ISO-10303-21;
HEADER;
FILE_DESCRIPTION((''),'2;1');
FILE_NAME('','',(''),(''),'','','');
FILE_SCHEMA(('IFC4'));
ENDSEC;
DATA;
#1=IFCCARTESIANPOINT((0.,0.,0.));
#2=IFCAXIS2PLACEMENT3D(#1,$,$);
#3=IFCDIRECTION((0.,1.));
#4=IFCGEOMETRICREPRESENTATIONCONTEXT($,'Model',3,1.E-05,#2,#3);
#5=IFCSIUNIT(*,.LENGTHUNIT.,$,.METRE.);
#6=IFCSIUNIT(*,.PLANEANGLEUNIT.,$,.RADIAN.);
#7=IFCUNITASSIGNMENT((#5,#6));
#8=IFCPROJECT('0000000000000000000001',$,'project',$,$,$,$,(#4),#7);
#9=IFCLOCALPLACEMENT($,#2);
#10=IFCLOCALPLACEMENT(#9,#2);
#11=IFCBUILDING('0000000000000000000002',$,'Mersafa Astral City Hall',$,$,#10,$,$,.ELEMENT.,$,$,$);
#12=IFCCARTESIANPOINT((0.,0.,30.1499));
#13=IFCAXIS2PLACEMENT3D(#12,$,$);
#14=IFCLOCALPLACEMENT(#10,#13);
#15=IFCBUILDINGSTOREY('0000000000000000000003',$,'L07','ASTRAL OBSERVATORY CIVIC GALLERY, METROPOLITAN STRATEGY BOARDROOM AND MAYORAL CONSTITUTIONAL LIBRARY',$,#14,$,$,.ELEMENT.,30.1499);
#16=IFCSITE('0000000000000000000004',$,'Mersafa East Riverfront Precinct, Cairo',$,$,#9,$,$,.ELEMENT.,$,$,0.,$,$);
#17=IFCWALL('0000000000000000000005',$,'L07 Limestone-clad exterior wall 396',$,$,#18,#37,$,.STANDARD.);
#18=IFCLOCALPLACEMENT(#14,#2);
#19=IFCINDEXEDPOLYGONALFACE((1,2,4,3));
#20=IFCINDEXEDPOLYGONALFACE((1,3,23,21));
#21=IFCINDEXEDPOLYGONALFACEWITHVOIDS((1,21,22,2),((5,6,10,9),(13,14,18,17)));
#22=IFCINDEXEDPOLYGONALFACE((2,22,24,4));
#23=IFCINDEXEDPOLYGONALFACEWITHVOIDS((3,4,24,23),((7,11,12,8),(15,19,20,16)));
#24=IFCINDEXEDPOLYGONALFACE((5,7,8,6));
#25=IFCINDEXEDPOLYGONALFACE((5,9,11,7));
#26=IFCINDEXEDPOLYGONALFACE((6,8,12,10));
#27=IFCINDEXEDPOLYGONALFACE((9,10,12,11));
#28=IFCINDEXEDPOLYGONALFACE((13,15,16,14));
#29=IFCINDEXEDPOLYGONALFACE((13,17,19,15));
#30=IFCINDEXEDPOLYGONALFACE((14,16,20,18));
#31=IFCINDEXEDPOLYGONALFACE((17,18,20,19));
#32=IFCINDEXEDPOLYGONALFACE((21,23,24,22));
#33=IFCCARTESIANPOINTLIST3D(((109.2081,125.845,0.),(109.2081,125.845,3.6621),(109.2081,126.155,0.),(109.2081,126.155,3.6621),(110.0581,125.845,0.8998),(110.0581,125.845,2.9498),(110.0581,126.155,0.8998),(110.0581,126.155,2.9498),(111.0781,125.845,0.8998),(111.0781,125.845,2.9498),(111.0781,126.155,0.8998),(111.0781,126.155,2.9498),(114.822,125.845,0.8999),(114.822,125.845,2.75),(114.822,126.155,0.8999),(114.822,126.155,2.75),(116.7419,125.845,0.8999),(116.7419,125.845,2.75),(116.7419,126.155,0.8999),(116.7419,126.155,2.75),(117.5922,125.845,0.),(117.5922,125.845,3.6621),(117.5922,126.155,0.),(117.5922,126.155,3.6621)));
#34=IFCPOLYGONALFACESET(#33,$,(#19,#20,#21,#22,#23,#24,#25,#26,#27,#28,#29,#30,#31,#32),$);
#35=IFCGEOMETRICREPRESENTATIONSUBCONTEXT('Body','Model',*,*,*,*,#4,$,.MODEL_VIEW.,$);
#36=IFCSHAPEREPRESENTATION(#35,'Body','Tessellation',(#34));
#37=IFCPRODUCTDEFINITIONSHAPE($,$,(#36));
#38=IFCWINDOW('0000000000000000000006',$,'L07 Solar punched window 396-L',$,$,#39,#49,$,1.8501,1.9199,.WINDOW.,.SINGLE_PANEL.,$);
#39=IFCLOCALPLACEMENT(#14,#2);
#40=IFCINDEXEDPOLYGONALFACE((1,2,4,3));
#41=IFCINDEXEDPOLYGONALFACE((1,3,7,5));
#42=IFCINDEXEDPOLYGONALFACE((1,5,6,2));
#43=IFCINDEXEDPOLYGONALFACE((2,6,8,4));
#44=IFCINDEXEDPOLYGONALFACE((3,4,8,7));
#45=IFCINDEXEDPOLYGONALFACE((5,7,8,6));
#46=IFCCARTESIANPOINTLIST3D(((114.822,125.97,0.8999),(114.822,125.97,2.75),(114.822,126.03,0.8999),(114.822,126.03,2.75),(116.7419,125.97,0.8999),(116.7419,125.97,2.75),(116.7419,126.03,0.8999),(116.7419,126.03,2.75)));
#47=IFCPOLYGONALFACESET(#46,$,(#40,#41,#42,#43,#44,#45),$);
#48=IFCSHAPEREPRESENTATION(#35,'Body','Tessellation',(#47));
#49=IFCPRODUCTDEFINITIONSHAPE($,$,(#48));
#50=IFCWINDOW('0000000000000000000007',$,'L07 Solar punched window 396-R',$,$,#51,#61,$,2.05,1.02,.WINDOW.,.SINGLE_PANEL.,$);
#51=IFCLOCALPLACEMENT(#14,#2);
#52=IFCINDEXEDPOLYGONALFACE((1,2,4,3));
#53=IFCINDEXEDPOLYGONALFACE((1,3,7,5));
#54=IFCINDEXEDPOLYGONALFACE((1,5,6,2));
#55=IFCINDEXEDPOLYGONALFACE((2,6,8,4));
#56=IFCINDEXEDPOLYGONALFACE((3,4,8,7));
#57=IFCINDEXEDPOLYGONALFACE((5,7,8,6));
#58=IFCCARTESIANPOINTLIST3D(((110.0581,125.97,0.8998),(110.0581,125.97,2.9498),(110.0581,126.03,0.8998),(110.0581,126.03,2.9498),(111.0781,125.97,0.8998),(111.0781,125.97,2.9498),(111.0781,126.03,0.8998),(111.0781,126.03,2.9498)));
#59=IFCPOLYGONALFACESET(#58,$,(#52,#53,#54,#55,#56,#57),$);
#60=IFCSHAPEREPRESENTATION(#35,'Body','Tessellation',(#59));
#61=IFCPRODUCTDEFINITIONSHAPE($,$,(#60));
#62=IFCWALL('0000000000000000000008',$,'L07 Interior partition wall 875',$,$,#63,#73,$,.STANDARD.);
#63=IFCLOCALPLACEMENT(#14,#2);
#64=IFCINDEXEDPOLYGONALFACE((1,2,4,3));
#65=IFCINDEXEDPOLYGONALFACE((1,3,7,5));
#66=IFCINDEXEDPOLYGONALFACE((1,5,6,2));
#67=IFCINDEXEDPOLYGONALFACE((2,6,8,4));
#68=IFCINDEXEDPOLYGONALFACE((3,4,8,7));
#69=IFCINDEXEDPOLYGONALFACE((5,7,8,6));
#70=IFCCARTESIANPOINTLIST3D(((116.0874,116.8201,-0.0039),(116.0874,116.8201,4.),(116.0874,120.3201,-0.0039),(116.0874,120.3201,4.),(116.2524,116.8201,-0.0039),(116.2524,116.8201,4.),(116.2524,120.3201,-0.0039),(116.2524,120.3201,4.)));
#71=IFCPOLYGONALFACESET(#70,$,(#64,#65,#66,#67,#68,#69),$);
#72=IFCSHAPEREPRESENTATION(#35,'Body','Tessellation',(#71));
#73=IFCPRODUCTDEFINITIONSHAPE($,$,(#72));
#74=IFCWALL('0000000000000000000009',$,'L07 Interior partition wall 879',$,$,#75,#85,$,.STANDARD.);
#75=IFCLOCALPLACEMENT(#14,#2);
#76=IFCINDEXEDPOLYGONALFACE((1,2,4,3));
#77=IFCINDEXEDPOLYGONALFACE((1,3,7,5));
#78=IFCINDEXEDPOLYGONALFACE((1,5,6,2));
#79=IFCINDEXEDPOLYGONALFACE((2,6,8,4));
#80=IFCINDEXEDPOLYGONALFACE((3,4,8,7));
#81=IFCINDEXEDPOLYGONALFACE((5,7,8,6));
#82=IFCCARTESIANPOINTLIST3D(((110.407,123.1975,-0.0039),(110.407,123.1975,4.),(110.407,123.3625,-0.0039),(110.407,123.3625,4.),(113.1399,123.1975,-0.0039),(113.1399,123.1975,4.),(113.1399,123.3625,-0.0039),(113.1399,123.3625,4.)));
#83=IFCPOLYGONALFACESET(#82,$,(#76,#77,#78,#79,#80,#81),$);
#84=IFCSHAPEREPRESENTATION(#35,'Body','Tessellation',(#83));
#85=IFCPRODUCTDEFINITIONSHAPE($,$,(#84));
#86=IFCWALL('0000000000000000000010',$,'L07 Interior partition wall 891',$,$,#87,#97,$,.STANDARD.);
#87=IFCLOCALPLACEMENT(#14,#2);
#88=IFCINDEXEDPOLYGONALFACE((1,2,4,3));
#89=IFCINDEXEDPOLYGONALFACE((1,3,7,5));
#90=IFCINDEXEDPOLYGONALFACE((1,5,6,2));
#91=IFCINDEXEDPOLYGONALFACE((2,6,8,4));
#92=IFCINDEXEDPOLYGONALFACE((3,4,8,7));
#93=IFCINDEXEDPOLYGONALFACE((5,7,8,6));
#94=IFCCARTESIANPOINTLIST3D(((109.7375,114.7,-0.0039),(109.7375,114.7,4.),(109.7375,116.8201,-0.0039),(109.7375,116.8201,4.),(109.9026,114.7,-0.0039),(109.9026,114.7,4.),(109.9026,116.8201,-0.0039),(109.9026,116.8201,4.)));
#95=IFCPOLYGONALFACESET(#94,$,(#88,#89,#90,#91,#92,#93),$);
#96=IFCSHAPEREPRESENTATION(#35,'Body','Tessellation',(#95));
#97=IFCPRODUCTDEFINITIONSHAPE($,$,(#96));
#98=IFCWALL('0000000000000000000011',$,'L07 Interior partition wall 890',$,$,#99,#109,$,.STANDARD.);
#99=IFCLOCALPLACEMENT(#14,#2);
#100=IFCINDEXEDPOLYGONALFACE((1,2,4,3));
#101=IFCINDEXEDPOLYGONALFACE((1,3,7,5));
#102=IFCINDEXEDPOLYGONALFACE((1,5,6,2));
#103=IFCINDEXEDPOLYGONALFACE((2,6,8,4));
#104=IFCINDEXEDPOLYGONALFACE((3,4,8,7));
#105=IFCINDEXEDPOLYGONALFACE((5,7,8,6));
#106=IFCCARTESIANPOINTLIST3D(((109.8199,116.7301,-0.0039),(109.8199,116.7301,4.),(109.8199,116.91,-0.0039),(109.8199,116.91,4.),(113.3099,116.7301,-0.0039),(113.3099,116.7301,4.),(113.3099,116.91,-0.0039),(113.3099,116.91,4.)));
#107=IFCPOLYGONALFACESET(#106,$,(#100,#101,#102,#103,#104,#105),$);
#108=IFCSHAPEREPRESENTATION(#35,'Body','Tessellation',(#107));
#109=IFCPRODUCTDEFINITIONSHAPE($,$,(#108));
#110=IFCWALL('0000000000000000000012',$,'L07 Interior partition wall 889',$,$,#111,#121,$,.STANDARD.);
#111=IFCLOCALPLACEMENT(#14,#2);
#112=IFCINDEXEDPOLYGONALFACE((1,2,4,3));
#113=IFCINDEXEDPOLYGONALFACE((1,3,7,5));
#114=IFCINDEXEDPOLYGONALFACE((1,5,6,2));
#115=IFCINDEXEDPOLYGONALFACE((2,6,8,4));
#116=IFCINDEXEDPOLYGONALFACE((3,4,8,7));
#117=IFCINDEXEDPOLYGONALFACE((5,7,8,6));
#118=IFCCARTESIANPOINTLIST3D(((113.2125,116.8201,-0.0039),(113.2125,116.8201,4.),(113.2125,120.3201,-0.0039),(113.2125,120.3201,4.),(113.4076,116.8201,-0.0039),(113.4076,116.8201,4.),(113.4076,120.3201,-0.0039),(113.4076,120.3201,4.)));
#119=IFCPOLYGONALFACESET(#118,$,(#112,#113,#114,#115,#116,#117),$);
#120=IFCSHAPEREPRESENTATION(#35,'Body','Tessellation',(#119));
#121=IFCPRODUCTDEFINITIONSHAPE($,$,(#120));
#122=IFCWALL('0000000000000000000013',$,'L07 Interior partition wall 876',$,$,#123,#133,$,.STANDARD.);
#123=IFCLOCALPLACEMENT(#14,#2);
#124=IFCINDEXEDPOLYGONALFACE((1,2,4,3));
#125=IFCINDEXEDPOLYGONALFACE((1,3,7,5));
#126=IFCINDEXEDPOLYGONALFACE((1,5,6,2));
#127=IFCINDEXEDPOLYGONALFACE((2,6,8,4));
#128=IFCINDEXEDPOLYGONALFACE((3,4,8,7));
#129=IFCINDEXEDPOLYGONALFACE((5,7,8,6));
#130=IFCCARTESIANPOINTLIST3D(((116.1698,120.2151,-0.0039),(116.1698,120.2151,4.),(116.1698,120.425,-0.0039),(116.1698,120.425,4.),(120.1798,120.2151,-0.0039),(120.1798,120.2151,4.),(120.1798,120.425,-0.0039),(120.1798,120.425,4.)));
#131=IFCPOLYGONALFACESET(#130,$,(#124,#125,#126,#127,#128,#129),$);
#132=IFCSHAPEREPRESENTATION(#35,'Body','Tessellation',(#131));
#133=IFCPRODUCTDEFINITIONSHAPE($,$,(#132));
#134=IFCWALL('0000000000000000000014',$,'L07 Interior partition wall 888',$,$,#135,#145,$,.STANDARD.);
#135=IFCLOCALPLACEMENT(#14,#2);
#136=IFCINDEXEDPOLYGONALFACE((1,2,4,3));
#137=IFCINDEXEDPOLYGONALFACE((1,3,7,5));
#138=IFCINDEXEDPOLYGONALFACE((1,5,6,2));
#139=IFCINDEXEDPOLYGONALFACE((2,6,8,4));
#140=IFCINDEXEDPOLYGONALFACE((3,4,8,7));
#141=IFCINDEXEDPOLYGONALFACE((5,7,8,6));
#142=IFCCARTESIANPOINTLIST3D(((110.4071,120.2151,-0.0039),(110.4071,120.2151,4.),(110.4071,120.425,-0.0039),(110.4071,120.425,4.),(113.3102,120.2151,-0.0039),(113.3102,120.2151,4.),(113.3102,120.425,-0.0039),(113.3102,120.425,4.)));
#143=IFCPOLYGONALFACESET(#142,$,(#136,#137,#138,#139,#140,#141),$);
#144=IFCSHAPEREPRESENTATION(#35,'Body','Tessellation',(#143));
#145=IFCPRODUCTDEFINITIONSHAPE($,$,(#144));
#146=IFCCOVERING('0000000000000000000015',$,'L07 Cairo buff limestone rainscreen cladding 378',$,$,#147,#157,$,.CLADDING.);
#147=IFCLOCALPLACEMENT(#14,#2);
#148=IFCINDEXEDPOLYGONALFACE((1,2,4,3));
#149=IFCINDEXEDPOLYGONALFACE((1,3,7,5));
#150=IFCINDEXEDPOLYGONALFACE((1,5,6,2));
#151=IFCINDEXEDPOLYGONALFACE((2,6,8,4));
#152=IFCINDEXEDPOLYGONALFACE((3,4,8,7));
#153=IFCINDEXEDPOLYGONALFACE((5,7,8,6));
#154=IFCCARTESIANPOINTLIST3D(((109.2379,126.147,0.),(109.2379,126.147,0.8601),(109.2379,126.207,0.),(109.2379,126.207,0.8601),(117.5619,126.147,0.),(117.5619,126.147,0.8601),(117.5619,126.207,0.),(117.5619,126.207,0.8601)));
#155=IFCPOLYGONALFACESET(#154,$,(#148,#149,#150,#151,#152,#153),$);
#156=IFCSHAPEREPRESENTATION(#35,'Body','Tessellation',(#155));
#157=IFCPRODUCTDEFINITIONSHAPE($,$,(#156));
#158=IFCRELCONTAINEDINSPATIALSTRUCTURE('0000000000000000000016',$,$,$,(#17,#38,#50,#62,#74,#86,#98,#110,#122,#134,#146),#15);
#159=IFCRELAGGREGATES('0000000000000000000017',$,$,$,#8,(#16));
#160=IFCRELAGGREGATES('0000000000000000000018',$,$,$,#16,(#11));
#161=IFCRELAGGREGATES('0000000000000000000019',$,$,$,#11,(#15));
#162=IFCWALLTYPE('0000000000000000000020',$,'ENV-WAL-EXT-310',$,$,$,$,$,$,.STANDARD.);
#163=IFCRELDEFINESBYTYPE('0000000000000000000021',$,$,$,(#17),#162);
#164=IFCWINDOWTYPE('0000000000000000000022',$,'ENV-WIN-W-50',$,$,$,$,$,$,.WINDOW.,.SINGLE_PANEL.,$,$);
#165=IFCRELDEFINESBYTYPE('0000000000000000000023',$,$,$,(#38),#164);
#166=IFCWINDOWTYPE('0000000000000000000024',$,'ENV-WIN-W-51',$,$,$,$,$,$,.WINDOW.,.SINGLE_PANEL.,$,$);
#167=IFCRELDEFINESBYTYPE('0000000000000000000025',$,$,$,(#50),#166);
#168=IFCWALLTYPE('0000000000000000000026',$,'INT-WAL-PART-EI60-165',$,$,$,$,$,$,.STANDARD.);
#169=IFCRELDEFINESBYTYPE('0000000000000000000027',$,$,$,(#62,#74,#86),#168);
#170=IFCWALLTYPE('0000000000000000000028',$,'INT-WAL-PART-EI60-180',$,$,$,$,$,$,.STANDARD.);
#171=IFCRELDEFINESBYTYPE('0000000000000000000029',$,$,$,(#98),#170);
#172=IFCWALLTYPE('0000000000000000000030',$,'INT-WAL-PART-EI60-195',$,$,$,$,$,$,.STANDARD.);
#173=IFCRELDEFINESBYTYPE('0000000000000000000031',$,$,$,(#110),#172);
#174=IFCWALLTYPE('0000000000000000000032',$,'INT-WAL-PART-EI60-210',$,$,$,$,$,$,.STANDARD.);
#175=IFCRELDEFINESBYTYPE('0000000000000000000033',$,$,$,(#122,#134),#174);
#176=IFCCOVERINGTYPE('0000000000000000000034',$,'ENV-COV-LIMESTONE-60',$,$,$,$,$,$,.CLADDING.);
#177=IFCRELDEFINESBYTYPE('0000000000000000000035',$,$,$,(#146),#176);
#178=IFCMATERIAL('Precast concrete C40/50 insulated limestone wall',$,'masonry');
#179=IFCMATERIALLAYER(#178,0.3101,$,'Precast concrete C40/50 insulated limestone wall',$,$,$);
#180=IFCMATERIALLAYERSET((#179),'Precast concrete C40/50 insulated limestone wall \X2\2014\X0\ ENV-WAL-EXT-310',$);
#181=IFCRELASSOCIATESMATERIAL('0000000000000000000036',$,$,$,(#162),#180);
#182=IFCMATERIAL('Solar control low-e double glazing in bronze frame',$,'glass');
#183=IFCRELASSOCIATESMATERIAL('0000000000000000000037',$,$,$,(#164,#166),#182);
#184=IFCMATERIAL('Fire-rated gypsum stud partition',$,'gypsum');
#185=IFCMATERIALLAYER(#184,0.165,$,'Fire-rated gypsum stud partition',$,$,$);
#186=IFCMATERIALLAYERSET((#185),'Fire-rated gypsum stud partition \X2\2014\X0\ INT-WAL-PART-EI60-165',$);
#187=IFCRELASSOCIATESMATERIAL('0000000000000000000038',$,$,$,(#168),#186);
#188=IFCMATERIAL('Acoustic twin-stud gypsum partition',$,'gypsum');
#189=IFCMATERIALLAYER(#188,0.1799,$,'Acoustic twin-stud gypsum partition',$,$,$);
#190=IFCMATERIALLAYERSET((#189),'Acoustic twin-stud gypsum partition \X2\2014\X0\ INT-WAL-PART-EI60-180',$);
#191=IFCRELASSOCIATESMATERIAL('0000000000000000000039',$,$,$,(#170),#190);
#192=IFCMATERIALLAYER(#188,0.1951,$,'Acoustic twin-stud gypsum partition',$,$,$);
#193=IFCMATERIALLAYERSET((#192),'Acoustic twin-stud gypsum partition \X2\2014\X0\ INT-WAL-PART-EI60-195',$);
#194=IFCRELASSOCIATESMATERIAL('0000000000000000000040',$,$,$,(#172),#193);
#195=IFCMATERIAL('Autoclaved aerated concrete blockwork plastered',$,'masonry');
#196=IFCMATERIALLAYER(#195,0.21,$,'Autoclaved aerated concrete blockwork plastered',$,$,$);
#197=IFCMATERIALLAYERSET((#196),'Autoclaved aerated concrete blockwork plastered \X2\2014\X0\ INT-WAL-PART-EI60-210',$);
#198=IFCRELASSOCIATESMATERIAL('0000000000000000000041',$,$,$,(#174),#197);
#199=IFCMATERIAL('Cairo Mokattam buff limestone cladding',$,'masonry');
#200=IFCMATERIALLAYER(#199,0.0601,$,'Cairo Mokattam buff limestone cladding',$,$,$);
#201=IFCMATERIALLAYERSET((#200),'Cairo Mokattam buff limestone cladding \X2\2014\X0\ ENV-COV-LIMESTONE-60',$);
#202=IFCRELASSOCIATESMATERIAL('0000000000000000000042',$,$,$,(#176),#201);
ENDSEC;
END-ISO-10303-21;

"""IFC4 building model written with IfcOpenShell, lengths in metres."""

from ifc_helpers import new_model, si_unit, direction, frame, frame_2d, origin, origin_2d, place, context, subcontext, project, spatial, rectangle, extrude, material, layer, layer_set, type_object, element, fill, save


model = new_model("IFC4")

# Units and contexts
model_context = context("Model", 3, precision=1e-05, world=origin(), true_north=direction((0.0, 1.0)))
body_context = subcontext(model_context, "Body", "Model", "MODEL_VIEW")
ifc_project = project(units=[si_unit("LENGTHUNIT", "METRE"), si_unit("PLANEANGLEUNIT", "RADIAN")], contexts=[model_context])

# Site, building, storey
site_placement = place(None, origin())
site = spatial("IfcSite", under=ifc_project, at=site_placement, Name="Mersafa East Riverfront Precinct, Cairo", CompositionType="ELEMENT", RefElevation=0.0)
building_placement = place(site_placement, origin())
building = spatial("IfcBuilding", under=site, at=building_placement, Name="Mersafa Astral City Hall", CompositionType="ELEMENT")
storey_placement = place(building_placement, frame((0.0, 0.0, 30.1499)))
storey = spatial("IfcBuildingStorey", under=building, at=storey_placement, Name="L07", Description="ASTRAL OBSERVATORY CIVIC GALLERY, METROPOLITAN STRATEGY BOARDROOM AND MAYORAL CONSTITUTIONAL LIBRARY", CompositionType="ELEMENT", Elevation=30.1499)

# Wall, openings, windows
ifc_material_1 = material(Name="Precast concrete C40/50 insulated limestone wall", Category="masonry")
ifc_layer_1 = layer(ifc_material_1, 0.3101, Name="Precast concrete C40/50 insulated limestone wall")
ifc_layer_set_1 = layer_set([ifc_layer_1], Name="Precast concrete C40/50 insulated limestone wall — ENV-WAL-EXT-310")
wall_type_1 = type_object("IfcWallType", Name="ENV-WAL-EXT-310", PredefinedType="STANDARD", material=ifc_layer_set_1)
wall_1_placement = place(storey_placement, frame((117.592, 126.0, 0.0), z_axis=(0.0, 0.0, 1.0), x_axis=(-1.0, 0.0, 0.0)))
wall_1 = element("IfcWall", 1, at=wall_1_placement, inside=storey, type_object=wall_type_1, Name="L07 Limestone-clad exterior wall 396", PredefinedType="STANDARD", context=body_context, shape_type="SweptSolid", body=[
    extrude(rectangle(XDim=8.384, YDim=0.3101, at=frame_2d((4.1919, 0.0))), origin(), (0.0, 0.0, 1.0), 3.6621),
])
opening_1_placement = place(wall_1_placement, frame((0.8501, 0.0, 0.8999)))
opening_1 = element("IfcOpeningElement", 2, at=opening_1_placement, cuts=wall_1, PredefinedType="OPENING", context=body_context, shape_type="SweptSolid", body=[
    extrude(rectangle(XDim=1.9199, YDim=1.8501, at=frame_2d((0.96, 0.925))), frame((0.0, 0.165, 0.0), z_axis=(0.0, -1.0, 0.0), x_axis=(1.0, 0.0, 0.0)), (0.0, 0.0, 1.0), 0.3301),
])
opening_2_placement = place(wall_1_placement, frame((6.5139, 0.0, 0.8999)))
opening_2 = element("IfcOpeningElement", 3, at=opening_2_placement, cuts=wall_1, PredefinedType="OPENING", context=body_context, shape_type="SweptSolid", body=[
    extrude(rectangle(XDim=1.02, YDim=2.05, at=frame_2d((0.51, 1.0249))), frame((0.0, 0.165, 0.0), z_axis=(0.0, -1.0, 0.0), x_axis=(1.0, 0.0, 0.0)), (0.0, 0.0, 1.0), 0.3301),
])
ifc_material_2 = material(Name="Solar control low-e double glazing in bronze frame", Category="glass")
window_type_1 = type_object("IfcWindowType", Name="ENV-WIN-W-50", PartitioningType="SINGLE_PANEL", PredefinedType="WINDOW", material=ifc_material_2)
window_1_placement = place(opening_1_placement, origin())
window_1 = element("IfcWindow", 4, at=window_1_placement, inside=storey, type_object=window_type_1, Name="L07 Solar punched window 396-L", OverallHeight=1.8501, OverallWidth=1.9199, PartitioningType="SINGLE_PANEL", PredefinedType="WINDOW", context=body_context, shape_type="SweptSolid", body=[
    extrude(rectangle(XDim=1.9199, YDim=1.8501, at=frame_2d((0.96, 0.925))), frame((0.0, 0.03, 0.0), z_axis=(0.0, -1.0, 0.0), x_axis=(1.0, 0.0, 0.0)), (0.0, 0.0, 1.0), 0.0601),
])
fill(opening_1, window_1)
window_type_2 = type_object("IfcWindowType", Name="ENV-WIN-W-51", PartitioningType="SINGLE_PANEL", PredefinedType="WINDOW", material=ifc_material_2)
window_2_placement = place(opening_2_placement, origin())
window_2 = element("IfcWindow", 5, at=window_2_placement, inside=storey, type_object=window_type_2, Name="L07 Solar punched window 396-R", OverallHeight=2.05, OverallWidth=1.02, PartitioningType="SINGLE_PANEL", PredefinedType="WINDOW", context=body_context, shape_type="SweptSolid", body=[
    extrude(rectangle(XDim=1.02, YDim=2.05, at=frame_2d((0.51, 1.0249))), frame((0.0, 0.03, 0.0), z_axis=(0.0, -1.0, 0.0), x_axis=(1.0, 0.0, 0.0)), (0.0, 0.0, 1.0), 0.0601),
])
fill(opening_2, window_2)

# Walls
ifc_material_3 = material(Name="Fire-rated gypsum stud partition", Category="gypsum")
ifc_layer_2 = layer(ifc_material_3, 0.165, Name="Fire-rated gypsum stud partition")
ifc_layer_set_2 = layer_set([ifc_layer_2], Name="Fire-rated gypsum stud partition — INT-WAL-PART-EI60-165")
wall_type_2 = type_object("IfcWallType", Name="INT-WAL-PART-EI60-165", PredefinedType="STANDARD", material=ifc_layer_set_2)
wall_2_placement = place(storey_placement, frame((116.1699, 116.8201, -0.0039), z_axis=(0.0, 0.0, 1.0), x_axis=(0.0, 1.0, 0.0)))
element("IfcWall", 6, at=wall_2_placement, inside=storey, type_object=wall_type_2, Name="L07 Interior partition wall 875", PredefinedType="STANDARD", context=body_context, shape_type="SweptSolid", body=[
    extrude(rectangle(XDim=3.5, YDim=0.165, at=frame_2d((1.75, 0.0))), origin(), (0.0, 0.0, 1.0), 4.0039),
])
wall_3_placement = place(storey_placement, frame((113.1399, 123.28, -0.0039), z_axis=(0.0, 0.0, 1.0), x_axis=(-1.0, 0.0, 0.0)))
element("IfcWall", 7, at=wall_3_placement, inside=storey, type_object=wall_type_2, Name="L07 Interior partition wall 879", PredefinedType="STANDARD", context=body_context, shape_type="SweptSolid", body=[
    extrude(rectangle(XDim=2.7329, YDim=0.165, at=frame_2d((1.3665, 0.0))), origin(), (0.0, 0.0, 1.0), 4.0039),
])
wall_4_placement = place(storey_placement, frame((109.8201, 116.8201, -0.0039), z_axis=(0.0, 0.0, 1.0), x_axis=(0.0, -1.0, 0.0)))
element("IfcWall", 8, at=wall_4_placement, inside=storey, type_object=wall_type_2, Name="L07 Interior partition wall 891", PredefinedType="STANDARD", context=body_context, shape_type="SweptSolid", body=[
    extrude(rectangle(XDim=2.1201, YDim=0.165, at=frame_2d((1.0601, 0.0))), origin(), (0.0, 0.0, 1.0), 4.0039),
])
ifc_material_4 = material(Name="Acoustic twin-stud gypsum partition", Category="gypsum")
ifc_layer_3 = layer(ifc_material_4, 0.1799, Name="Acoustic twin-stud gypsum partition")
ifc_layer_set_3 = layer_set([ifc_layer_3], Name="Acoustic twin-stud gypsum partition — INT-WAL-PART-EI60-180")
wall_type_3 = type_object("IfcWallType", Name="INT-WAL-PART-EI60-180", PredefinedType="STANDARD", material=ifc_layer_set_3)
wall_5_placement = place(storey_placement, frame((113.3101, 116.8201, -0.0039), z_axis=(0.0, 0.0, 1.0), x_axis=(-1.0, 0.0, 0.0)))
element("IfcWall", 9, at=wall_5_placement, inside=storey, type_object=wall_type_3, Name="L07 Interior partition wall 890", PredefinedType="STANDARD", context=body_context, shape_type="SweptSolid", body=[
    extrude(rectangle(XDim=3.49, YDim=0.1799, at=frame_2d((1.7451, 0.0))), origin(), (0.0, 0.0, 1.0), 4.0039),
])
ifc_layer_4 = layer(ifc_material_4, 0.1951, Name="Acoustic twin-stud gypsum partition")
ifc_layer_set_4 = layer_set([ifc_layer_4], Name="Acoustic twin-stud gypsum partition — INT-WAL-PART-EI60-195")
wall_type_4 = type_object("IfcWallType", Name="INT-WAL-PART-EI60-195", PredefinedType="STANDARD", material=ifc_layer_set_4)
wall_6_placement = place(storey_placement, frame((113.3101, 120.3201, -0.0039), z_axis=(0.0, 0.0, 1.0), x_axis=(0.0, -1.0, 0.0)))
element("IfcWall", 10, at=wall_6_placement, inside=storey, type_object=wall_type_4, Name="L07 Interior partition wall 889", PredefinedType="STANDARD", context=body_context, shape_type="SweptSolid", body=[
    extrude(rectangle(XDim=3.5, YDim=0.1951, at=frame_2d((1.75, 0.0))), origin(), (0.0, 0.0, 1.0), 4.0039),
])
ifc_material_5 = material(Name="Autoclaved aerated concrete blockwork plastered", Category="masonry")
ifc_layer_5 = layer(ifc_material_5, 0.21, Name="Autoclaved aerated concrete blockwork plastered")
ifc_layer_set_5 = layer_set([ifc_layer_5], Name="Autoclaved aerated concrete blockwork plastered — INT-WAL-PART-EI60-210")
wall_type_5 = type_object("IfcWallType", Name="INT-WAL-PART-EI60-210", PredefinedType="STANDARD", material=ifc_layer_set_5)
wall_7_placement = place(storey_placement, frame((116.1699, 120.3201, -0.0039), z_axis=(0.0, 0.0, 1.0), x_axis=(1.0, 0.0, 0.0)))
element("IfcWall", 11, at=wall_7_placement, inside=storey, type_object=wall_type_5, Name="L07 Interior partition wall 876", PredefinedType="STANDARD", context=body_context, shape_type="SweptSolid", body=[
    extrude(rectangle(XDim=4.01, YDim=0.21, at=frame_2d((2.0049, 0.0))), origin(), (0.0, 0.0, 1.0), 4.0039),
])
wall_8_placement = place(storey_placement, frame((110.407, 120.3201, -0.0039), z_axis=(0.0, 0.0, 1.0), x_axis=(1.0, 0.0, 0.0)))
element("IfcWall", 12, at=wall_8_placement, inside=storey, type_object=wall_type_5, Name="L07 Interior partition wall 888", PredefinedType="STANDARD", context=body_context, shape_type="SweptSolid", body=[
    extrude(rectangle(XDim=2.9031, YDim=0.21, at=frame_2d((1.4517, 0.0))), origin(), (0.0, 0.0, 1.0), 4.0039),
])

# Covering
ifc_material_6 = material(Name="Cairo Mokattam buff limestone cladding", Category="masonry")
ifc_layer_6 = layer(ifc_material_6, 0.0601, Name="Cairo Mokattam buff limestone cladding")
ifc_layer_set_6 = layer_set([ifc_layer_6], Name="Cairo Mokattam buff limestone cladding — ENV-COV-LIMESTONE-60")
covering_type = type_object("IfcCoveringType", Name="ENV-COV-LIMESTONE-60", PredefinedType="CLADDING", material=ifc_layer_set_6)
covering_placement = place(storey_placement, frame((113.3999, 126.177, 0.0), z_axis=(0.0, 0.0, 1.0), x_axis=(-1.0, 0.0, 0.0)))
element("IfcCovering", 13, at=covering_placement, inside=storey, type_object=covering_type, Name="L07 Cairo buff limestone rainscreen cladding 378", PredefinedType="CLADDING", context=body_context, shape_type="SweptSolid", body=[
    extrude(rectangle(XDim=8.324, YDim=0.0601, at=origin_2d()), origin(), (0.0, 0.0, 1.0), 0.8601),
])

save(model, "model.ifc")
